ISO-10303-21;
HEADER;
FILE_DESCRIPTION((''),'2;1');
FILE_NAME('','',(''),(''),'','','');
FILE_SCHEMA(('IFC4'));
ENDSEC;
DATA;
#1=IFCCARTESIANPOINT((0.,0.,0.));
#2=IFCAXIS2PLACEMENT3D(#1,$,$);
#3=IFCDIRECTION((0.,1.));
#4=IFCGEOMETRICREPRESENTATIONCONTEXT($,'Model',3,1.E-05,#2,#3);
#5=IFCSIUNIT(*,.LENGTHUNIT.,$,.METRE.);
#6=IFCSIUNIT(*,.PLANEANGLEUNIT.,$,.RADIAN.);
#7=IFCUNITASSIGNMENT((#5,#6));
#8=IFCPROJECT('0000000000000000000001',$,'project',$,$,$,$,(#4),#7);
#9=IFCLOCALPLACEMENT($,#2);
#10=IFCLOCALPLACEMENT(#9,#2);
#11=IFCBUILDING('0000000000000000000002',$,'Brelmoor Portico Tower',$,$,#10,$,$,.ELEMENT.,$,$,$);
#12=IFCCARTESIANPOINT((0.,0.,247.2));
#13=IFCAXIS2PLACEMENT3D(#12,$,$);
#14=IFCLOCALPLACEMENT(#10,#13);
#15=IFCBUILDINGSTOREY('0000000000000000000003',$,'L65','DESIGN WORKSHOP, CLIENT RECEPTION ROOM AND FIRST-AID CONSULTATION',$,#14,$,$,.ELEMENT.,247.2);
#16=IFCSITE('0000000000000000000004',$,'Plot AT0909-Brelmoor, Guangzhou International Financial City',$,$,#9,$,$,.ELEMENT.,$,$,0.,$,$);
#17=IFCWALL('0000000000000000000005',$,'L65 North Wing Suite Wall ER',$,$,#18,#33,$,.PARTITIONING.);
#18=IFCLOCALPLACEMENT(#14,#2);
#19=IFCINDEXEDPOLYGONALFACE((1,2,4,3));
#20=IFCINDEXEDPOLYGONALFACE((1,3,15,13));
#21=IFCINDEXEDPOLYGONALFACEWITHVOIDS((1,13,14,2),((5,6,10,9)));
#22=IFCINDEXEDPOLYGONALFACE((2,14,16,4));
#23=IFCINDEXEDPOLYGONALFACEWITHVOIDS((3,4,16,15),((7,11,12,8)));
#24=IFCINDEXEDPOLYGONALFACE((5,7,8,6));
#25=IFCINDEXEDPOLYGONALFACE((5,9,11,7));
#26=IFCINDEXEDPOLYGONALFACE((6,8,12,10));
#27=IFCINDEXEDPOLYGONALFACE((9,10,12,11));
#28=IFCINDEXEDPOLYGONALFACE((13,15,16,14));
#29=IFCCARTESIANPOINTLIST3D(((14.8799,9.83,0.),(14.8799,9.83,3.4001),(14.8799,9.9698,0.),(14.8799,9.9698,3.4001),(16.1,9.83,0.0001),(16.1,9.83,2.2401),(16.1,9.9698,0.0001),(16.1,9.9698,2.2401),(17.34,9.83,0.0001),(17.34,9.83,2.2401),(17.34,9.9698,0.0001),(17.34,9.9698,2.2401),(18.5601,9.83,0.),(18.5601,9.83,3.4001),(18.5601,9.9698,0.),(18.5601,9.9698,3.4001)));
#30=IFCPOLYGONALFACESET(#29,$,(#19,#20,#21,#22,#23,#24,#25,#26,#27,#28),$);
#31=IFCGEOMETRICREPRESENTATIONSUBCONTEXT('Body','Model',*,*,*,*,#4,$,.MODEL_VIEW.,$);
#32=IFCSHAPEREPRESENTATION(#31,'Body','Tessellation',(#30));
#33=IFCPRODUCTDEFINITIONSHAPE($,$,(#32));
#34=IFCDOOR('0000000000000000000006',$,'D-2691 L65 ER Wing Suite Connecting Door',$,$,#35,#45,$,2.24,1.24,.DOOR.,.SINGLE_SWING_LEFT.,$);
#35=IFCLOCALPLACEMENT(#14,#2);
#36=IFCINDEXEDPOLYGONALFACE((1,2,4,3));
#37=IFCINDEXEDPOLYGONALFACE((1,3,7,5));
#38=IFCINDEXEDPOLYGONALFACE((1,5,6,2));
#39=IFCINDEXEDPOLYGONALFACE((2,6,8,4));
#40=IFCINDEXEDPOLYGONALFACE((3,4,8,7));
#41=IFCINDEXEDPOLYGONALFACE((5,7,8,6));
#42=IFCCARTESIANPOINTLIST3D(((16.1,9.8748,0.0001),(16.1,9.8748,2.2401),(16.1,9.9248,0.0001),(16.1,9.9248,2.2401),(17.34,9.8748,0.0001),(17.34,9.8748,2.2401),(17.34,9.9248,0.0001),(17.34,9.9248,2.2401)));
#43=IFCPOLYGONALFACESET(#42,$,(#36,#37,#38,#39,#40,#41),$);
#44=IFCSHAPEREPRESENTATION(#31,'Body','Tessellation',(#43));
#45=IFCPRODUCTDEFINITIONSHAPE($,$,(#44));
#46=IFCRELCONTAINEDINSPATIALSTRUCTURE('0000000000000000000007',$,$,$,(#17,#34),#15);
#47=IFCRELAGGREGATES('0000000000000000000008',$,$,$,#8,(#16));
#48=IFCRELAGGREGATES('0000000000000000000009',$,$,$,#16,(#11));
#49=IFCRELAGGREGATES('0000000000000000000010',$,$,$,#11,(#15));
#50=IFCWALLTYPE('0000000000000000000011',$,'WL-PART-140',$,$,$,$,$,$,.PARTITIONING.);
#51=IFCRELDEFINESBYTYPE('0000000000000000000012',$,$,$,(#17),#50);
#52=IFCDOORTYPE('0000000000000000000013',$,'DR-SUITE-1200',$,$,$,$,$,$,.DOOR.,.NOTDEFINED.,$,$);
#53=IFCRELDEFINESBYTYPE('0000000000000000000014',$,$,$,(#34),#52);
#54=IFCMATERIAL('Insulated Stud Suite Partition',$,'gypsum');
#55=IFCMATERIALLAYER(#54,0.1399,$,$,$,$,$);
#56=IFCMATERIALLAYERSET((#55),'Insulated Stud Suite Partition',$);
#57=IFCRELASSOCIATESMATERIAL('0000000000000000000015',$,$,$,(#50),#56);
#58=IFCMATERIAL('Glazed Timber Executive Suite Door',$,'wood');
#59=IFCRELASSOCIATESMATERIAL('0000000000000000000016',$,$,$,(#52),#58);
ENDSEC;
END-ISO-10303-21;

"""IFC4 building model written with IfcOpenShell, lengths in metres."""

from ifc_helpers import new_model, si_unit, direction, frame, frame_2d, origin, place, context, subcontext, project, spatial, rectangle, extrude, material, layer, layer_set, type_object, element, fill, save


model = new_model("IFC4")

# Units and contexts
model_context = context("Model", 3, precision=1e-05, world=origin(), true_north=direction((0.0, 1.0)))
body_context = subcontext(model_context, "Body", "Model", "MODEL_VIEW")
ifc_project = project(units=[si_unit("LENGTHUNIT", "METRE"), si_unit("PLANEANGLEUNIT", "RADIAN")], contexts=[model_context])

# Site, building, storey
site_placement = place(None, origin())
site = spatial("IfcSite", under=ifc_project, at=site_placement, Name="Plot AT0909-Brelmoor, Guangzhou International Financial City", CompositionType="ELEMENT", RefElevation=0.0)
building_placement = place(site_placement, origin())
building = spatial("IfcBuilding", under=site, at=building_placement, Name="Brelmoor Portico Tower", CompositionType="ELEMENT")
storey_placement = place(building_placement, frame((0.0, 0.0, 247.2)))
storey = spatial("IfcBuildingStorey", under=building, at=storey_placement, Name="L65", Description="DESIGN WORKSHOP, CLIENT RECEPTION ROOM AND FIRST-AID CONSULTATION", CompositionType="ELEMENT", Elevation=247.2)

# Wall, opening, door
ifc_material_1 = material(Name="Insulated Stud Suite Partition", Category="gypsum")
ifc_layer_1 = layer(ifc_material_1, 0.1399)
ifc_layer_set_1 = layer_set([ifc_layer_1], Name="Insulated Stud Suite Partition")
wall_type_1 = type_object("IfcWallType", Name="WL-PART-140", PredefinedType="PARTITIONING", material=ifc_layer_set_1)
wall_placement = place(storey_placement, frame((14.8799, 9.8999, 0.0), z_axis=(0.0, 0.0, 1.0), x_axis=(1.0, 0.0, 0.0)))
wall = element("IfcWall", 1, at=wall_placement, inside=storey, type_object=wall_type_1, Name="L65 North Wing Suite Wall ER", PredefinedType="PARTITIONING", context=body_context, shape_type="SweptSolid", body=[
    extrude(rectangle(XDim=3.6802, YDim=0.1399, at=frame_2d((1.8401, 0.0))), origin(), (0.0, 0.0, 1.0), 3.4001),
])
opening_placement = place(wall_placement, frame((1.22, 0.0, 0.0)))
opening = element("IfcOpeningElement", 2, at=opening_placement, cuts=wall, PredefinedType="OPENING", context=body_context, shape_type="SweptSolid", body=[
    extrude(rectangle(XDim=1.24, YDim=2.24, at=frame_2d((0.6201, 1.1201))), frame((0.0, 0.0798, 0.0), z_axis=(0.0, -1.0, 0.0), x_axis=(1.0, 0.0, 0.0)), (0.0, 0.0, 1.0), 0.1599),
])
ifc_material_2 = material(Name="Glazed Timber Executive Suite Door", Category="wood")
door_type = type_object("IfcDoorType", Name="DR-SUITE-1200", OperationType="NOTDEFINED", PredefinedType="DOOR", material=ifc_material_2)
door_placement = place(opening_placement, origin())
door = element("IfcDoor", 3, at=door_placement, inside=storey, type_object=door_type, Name="D-2691 L65 ER Wing Suite Connecting Door", OperationType="SINGLE_SWING_LEFT", OverallHeight=2.24, OverallWidth=1.24, PredefinedType="DOOR", context=body_context, shape_type="SweptSolid", body=[
    extrude(rectangle(XDim=1.24, YDim=2.24, at=frame_2d((0.6201, 1.1201))), frame((0.0, 0.0249, 0.0), z_axis=(0.0, -1.0, 0.0), x_axis=(1.0, 0.0, 0.0)), (0.0, 0.0, 1.0), 0.05),
])
fill(opening, door)

save(model, "model.ifc")
